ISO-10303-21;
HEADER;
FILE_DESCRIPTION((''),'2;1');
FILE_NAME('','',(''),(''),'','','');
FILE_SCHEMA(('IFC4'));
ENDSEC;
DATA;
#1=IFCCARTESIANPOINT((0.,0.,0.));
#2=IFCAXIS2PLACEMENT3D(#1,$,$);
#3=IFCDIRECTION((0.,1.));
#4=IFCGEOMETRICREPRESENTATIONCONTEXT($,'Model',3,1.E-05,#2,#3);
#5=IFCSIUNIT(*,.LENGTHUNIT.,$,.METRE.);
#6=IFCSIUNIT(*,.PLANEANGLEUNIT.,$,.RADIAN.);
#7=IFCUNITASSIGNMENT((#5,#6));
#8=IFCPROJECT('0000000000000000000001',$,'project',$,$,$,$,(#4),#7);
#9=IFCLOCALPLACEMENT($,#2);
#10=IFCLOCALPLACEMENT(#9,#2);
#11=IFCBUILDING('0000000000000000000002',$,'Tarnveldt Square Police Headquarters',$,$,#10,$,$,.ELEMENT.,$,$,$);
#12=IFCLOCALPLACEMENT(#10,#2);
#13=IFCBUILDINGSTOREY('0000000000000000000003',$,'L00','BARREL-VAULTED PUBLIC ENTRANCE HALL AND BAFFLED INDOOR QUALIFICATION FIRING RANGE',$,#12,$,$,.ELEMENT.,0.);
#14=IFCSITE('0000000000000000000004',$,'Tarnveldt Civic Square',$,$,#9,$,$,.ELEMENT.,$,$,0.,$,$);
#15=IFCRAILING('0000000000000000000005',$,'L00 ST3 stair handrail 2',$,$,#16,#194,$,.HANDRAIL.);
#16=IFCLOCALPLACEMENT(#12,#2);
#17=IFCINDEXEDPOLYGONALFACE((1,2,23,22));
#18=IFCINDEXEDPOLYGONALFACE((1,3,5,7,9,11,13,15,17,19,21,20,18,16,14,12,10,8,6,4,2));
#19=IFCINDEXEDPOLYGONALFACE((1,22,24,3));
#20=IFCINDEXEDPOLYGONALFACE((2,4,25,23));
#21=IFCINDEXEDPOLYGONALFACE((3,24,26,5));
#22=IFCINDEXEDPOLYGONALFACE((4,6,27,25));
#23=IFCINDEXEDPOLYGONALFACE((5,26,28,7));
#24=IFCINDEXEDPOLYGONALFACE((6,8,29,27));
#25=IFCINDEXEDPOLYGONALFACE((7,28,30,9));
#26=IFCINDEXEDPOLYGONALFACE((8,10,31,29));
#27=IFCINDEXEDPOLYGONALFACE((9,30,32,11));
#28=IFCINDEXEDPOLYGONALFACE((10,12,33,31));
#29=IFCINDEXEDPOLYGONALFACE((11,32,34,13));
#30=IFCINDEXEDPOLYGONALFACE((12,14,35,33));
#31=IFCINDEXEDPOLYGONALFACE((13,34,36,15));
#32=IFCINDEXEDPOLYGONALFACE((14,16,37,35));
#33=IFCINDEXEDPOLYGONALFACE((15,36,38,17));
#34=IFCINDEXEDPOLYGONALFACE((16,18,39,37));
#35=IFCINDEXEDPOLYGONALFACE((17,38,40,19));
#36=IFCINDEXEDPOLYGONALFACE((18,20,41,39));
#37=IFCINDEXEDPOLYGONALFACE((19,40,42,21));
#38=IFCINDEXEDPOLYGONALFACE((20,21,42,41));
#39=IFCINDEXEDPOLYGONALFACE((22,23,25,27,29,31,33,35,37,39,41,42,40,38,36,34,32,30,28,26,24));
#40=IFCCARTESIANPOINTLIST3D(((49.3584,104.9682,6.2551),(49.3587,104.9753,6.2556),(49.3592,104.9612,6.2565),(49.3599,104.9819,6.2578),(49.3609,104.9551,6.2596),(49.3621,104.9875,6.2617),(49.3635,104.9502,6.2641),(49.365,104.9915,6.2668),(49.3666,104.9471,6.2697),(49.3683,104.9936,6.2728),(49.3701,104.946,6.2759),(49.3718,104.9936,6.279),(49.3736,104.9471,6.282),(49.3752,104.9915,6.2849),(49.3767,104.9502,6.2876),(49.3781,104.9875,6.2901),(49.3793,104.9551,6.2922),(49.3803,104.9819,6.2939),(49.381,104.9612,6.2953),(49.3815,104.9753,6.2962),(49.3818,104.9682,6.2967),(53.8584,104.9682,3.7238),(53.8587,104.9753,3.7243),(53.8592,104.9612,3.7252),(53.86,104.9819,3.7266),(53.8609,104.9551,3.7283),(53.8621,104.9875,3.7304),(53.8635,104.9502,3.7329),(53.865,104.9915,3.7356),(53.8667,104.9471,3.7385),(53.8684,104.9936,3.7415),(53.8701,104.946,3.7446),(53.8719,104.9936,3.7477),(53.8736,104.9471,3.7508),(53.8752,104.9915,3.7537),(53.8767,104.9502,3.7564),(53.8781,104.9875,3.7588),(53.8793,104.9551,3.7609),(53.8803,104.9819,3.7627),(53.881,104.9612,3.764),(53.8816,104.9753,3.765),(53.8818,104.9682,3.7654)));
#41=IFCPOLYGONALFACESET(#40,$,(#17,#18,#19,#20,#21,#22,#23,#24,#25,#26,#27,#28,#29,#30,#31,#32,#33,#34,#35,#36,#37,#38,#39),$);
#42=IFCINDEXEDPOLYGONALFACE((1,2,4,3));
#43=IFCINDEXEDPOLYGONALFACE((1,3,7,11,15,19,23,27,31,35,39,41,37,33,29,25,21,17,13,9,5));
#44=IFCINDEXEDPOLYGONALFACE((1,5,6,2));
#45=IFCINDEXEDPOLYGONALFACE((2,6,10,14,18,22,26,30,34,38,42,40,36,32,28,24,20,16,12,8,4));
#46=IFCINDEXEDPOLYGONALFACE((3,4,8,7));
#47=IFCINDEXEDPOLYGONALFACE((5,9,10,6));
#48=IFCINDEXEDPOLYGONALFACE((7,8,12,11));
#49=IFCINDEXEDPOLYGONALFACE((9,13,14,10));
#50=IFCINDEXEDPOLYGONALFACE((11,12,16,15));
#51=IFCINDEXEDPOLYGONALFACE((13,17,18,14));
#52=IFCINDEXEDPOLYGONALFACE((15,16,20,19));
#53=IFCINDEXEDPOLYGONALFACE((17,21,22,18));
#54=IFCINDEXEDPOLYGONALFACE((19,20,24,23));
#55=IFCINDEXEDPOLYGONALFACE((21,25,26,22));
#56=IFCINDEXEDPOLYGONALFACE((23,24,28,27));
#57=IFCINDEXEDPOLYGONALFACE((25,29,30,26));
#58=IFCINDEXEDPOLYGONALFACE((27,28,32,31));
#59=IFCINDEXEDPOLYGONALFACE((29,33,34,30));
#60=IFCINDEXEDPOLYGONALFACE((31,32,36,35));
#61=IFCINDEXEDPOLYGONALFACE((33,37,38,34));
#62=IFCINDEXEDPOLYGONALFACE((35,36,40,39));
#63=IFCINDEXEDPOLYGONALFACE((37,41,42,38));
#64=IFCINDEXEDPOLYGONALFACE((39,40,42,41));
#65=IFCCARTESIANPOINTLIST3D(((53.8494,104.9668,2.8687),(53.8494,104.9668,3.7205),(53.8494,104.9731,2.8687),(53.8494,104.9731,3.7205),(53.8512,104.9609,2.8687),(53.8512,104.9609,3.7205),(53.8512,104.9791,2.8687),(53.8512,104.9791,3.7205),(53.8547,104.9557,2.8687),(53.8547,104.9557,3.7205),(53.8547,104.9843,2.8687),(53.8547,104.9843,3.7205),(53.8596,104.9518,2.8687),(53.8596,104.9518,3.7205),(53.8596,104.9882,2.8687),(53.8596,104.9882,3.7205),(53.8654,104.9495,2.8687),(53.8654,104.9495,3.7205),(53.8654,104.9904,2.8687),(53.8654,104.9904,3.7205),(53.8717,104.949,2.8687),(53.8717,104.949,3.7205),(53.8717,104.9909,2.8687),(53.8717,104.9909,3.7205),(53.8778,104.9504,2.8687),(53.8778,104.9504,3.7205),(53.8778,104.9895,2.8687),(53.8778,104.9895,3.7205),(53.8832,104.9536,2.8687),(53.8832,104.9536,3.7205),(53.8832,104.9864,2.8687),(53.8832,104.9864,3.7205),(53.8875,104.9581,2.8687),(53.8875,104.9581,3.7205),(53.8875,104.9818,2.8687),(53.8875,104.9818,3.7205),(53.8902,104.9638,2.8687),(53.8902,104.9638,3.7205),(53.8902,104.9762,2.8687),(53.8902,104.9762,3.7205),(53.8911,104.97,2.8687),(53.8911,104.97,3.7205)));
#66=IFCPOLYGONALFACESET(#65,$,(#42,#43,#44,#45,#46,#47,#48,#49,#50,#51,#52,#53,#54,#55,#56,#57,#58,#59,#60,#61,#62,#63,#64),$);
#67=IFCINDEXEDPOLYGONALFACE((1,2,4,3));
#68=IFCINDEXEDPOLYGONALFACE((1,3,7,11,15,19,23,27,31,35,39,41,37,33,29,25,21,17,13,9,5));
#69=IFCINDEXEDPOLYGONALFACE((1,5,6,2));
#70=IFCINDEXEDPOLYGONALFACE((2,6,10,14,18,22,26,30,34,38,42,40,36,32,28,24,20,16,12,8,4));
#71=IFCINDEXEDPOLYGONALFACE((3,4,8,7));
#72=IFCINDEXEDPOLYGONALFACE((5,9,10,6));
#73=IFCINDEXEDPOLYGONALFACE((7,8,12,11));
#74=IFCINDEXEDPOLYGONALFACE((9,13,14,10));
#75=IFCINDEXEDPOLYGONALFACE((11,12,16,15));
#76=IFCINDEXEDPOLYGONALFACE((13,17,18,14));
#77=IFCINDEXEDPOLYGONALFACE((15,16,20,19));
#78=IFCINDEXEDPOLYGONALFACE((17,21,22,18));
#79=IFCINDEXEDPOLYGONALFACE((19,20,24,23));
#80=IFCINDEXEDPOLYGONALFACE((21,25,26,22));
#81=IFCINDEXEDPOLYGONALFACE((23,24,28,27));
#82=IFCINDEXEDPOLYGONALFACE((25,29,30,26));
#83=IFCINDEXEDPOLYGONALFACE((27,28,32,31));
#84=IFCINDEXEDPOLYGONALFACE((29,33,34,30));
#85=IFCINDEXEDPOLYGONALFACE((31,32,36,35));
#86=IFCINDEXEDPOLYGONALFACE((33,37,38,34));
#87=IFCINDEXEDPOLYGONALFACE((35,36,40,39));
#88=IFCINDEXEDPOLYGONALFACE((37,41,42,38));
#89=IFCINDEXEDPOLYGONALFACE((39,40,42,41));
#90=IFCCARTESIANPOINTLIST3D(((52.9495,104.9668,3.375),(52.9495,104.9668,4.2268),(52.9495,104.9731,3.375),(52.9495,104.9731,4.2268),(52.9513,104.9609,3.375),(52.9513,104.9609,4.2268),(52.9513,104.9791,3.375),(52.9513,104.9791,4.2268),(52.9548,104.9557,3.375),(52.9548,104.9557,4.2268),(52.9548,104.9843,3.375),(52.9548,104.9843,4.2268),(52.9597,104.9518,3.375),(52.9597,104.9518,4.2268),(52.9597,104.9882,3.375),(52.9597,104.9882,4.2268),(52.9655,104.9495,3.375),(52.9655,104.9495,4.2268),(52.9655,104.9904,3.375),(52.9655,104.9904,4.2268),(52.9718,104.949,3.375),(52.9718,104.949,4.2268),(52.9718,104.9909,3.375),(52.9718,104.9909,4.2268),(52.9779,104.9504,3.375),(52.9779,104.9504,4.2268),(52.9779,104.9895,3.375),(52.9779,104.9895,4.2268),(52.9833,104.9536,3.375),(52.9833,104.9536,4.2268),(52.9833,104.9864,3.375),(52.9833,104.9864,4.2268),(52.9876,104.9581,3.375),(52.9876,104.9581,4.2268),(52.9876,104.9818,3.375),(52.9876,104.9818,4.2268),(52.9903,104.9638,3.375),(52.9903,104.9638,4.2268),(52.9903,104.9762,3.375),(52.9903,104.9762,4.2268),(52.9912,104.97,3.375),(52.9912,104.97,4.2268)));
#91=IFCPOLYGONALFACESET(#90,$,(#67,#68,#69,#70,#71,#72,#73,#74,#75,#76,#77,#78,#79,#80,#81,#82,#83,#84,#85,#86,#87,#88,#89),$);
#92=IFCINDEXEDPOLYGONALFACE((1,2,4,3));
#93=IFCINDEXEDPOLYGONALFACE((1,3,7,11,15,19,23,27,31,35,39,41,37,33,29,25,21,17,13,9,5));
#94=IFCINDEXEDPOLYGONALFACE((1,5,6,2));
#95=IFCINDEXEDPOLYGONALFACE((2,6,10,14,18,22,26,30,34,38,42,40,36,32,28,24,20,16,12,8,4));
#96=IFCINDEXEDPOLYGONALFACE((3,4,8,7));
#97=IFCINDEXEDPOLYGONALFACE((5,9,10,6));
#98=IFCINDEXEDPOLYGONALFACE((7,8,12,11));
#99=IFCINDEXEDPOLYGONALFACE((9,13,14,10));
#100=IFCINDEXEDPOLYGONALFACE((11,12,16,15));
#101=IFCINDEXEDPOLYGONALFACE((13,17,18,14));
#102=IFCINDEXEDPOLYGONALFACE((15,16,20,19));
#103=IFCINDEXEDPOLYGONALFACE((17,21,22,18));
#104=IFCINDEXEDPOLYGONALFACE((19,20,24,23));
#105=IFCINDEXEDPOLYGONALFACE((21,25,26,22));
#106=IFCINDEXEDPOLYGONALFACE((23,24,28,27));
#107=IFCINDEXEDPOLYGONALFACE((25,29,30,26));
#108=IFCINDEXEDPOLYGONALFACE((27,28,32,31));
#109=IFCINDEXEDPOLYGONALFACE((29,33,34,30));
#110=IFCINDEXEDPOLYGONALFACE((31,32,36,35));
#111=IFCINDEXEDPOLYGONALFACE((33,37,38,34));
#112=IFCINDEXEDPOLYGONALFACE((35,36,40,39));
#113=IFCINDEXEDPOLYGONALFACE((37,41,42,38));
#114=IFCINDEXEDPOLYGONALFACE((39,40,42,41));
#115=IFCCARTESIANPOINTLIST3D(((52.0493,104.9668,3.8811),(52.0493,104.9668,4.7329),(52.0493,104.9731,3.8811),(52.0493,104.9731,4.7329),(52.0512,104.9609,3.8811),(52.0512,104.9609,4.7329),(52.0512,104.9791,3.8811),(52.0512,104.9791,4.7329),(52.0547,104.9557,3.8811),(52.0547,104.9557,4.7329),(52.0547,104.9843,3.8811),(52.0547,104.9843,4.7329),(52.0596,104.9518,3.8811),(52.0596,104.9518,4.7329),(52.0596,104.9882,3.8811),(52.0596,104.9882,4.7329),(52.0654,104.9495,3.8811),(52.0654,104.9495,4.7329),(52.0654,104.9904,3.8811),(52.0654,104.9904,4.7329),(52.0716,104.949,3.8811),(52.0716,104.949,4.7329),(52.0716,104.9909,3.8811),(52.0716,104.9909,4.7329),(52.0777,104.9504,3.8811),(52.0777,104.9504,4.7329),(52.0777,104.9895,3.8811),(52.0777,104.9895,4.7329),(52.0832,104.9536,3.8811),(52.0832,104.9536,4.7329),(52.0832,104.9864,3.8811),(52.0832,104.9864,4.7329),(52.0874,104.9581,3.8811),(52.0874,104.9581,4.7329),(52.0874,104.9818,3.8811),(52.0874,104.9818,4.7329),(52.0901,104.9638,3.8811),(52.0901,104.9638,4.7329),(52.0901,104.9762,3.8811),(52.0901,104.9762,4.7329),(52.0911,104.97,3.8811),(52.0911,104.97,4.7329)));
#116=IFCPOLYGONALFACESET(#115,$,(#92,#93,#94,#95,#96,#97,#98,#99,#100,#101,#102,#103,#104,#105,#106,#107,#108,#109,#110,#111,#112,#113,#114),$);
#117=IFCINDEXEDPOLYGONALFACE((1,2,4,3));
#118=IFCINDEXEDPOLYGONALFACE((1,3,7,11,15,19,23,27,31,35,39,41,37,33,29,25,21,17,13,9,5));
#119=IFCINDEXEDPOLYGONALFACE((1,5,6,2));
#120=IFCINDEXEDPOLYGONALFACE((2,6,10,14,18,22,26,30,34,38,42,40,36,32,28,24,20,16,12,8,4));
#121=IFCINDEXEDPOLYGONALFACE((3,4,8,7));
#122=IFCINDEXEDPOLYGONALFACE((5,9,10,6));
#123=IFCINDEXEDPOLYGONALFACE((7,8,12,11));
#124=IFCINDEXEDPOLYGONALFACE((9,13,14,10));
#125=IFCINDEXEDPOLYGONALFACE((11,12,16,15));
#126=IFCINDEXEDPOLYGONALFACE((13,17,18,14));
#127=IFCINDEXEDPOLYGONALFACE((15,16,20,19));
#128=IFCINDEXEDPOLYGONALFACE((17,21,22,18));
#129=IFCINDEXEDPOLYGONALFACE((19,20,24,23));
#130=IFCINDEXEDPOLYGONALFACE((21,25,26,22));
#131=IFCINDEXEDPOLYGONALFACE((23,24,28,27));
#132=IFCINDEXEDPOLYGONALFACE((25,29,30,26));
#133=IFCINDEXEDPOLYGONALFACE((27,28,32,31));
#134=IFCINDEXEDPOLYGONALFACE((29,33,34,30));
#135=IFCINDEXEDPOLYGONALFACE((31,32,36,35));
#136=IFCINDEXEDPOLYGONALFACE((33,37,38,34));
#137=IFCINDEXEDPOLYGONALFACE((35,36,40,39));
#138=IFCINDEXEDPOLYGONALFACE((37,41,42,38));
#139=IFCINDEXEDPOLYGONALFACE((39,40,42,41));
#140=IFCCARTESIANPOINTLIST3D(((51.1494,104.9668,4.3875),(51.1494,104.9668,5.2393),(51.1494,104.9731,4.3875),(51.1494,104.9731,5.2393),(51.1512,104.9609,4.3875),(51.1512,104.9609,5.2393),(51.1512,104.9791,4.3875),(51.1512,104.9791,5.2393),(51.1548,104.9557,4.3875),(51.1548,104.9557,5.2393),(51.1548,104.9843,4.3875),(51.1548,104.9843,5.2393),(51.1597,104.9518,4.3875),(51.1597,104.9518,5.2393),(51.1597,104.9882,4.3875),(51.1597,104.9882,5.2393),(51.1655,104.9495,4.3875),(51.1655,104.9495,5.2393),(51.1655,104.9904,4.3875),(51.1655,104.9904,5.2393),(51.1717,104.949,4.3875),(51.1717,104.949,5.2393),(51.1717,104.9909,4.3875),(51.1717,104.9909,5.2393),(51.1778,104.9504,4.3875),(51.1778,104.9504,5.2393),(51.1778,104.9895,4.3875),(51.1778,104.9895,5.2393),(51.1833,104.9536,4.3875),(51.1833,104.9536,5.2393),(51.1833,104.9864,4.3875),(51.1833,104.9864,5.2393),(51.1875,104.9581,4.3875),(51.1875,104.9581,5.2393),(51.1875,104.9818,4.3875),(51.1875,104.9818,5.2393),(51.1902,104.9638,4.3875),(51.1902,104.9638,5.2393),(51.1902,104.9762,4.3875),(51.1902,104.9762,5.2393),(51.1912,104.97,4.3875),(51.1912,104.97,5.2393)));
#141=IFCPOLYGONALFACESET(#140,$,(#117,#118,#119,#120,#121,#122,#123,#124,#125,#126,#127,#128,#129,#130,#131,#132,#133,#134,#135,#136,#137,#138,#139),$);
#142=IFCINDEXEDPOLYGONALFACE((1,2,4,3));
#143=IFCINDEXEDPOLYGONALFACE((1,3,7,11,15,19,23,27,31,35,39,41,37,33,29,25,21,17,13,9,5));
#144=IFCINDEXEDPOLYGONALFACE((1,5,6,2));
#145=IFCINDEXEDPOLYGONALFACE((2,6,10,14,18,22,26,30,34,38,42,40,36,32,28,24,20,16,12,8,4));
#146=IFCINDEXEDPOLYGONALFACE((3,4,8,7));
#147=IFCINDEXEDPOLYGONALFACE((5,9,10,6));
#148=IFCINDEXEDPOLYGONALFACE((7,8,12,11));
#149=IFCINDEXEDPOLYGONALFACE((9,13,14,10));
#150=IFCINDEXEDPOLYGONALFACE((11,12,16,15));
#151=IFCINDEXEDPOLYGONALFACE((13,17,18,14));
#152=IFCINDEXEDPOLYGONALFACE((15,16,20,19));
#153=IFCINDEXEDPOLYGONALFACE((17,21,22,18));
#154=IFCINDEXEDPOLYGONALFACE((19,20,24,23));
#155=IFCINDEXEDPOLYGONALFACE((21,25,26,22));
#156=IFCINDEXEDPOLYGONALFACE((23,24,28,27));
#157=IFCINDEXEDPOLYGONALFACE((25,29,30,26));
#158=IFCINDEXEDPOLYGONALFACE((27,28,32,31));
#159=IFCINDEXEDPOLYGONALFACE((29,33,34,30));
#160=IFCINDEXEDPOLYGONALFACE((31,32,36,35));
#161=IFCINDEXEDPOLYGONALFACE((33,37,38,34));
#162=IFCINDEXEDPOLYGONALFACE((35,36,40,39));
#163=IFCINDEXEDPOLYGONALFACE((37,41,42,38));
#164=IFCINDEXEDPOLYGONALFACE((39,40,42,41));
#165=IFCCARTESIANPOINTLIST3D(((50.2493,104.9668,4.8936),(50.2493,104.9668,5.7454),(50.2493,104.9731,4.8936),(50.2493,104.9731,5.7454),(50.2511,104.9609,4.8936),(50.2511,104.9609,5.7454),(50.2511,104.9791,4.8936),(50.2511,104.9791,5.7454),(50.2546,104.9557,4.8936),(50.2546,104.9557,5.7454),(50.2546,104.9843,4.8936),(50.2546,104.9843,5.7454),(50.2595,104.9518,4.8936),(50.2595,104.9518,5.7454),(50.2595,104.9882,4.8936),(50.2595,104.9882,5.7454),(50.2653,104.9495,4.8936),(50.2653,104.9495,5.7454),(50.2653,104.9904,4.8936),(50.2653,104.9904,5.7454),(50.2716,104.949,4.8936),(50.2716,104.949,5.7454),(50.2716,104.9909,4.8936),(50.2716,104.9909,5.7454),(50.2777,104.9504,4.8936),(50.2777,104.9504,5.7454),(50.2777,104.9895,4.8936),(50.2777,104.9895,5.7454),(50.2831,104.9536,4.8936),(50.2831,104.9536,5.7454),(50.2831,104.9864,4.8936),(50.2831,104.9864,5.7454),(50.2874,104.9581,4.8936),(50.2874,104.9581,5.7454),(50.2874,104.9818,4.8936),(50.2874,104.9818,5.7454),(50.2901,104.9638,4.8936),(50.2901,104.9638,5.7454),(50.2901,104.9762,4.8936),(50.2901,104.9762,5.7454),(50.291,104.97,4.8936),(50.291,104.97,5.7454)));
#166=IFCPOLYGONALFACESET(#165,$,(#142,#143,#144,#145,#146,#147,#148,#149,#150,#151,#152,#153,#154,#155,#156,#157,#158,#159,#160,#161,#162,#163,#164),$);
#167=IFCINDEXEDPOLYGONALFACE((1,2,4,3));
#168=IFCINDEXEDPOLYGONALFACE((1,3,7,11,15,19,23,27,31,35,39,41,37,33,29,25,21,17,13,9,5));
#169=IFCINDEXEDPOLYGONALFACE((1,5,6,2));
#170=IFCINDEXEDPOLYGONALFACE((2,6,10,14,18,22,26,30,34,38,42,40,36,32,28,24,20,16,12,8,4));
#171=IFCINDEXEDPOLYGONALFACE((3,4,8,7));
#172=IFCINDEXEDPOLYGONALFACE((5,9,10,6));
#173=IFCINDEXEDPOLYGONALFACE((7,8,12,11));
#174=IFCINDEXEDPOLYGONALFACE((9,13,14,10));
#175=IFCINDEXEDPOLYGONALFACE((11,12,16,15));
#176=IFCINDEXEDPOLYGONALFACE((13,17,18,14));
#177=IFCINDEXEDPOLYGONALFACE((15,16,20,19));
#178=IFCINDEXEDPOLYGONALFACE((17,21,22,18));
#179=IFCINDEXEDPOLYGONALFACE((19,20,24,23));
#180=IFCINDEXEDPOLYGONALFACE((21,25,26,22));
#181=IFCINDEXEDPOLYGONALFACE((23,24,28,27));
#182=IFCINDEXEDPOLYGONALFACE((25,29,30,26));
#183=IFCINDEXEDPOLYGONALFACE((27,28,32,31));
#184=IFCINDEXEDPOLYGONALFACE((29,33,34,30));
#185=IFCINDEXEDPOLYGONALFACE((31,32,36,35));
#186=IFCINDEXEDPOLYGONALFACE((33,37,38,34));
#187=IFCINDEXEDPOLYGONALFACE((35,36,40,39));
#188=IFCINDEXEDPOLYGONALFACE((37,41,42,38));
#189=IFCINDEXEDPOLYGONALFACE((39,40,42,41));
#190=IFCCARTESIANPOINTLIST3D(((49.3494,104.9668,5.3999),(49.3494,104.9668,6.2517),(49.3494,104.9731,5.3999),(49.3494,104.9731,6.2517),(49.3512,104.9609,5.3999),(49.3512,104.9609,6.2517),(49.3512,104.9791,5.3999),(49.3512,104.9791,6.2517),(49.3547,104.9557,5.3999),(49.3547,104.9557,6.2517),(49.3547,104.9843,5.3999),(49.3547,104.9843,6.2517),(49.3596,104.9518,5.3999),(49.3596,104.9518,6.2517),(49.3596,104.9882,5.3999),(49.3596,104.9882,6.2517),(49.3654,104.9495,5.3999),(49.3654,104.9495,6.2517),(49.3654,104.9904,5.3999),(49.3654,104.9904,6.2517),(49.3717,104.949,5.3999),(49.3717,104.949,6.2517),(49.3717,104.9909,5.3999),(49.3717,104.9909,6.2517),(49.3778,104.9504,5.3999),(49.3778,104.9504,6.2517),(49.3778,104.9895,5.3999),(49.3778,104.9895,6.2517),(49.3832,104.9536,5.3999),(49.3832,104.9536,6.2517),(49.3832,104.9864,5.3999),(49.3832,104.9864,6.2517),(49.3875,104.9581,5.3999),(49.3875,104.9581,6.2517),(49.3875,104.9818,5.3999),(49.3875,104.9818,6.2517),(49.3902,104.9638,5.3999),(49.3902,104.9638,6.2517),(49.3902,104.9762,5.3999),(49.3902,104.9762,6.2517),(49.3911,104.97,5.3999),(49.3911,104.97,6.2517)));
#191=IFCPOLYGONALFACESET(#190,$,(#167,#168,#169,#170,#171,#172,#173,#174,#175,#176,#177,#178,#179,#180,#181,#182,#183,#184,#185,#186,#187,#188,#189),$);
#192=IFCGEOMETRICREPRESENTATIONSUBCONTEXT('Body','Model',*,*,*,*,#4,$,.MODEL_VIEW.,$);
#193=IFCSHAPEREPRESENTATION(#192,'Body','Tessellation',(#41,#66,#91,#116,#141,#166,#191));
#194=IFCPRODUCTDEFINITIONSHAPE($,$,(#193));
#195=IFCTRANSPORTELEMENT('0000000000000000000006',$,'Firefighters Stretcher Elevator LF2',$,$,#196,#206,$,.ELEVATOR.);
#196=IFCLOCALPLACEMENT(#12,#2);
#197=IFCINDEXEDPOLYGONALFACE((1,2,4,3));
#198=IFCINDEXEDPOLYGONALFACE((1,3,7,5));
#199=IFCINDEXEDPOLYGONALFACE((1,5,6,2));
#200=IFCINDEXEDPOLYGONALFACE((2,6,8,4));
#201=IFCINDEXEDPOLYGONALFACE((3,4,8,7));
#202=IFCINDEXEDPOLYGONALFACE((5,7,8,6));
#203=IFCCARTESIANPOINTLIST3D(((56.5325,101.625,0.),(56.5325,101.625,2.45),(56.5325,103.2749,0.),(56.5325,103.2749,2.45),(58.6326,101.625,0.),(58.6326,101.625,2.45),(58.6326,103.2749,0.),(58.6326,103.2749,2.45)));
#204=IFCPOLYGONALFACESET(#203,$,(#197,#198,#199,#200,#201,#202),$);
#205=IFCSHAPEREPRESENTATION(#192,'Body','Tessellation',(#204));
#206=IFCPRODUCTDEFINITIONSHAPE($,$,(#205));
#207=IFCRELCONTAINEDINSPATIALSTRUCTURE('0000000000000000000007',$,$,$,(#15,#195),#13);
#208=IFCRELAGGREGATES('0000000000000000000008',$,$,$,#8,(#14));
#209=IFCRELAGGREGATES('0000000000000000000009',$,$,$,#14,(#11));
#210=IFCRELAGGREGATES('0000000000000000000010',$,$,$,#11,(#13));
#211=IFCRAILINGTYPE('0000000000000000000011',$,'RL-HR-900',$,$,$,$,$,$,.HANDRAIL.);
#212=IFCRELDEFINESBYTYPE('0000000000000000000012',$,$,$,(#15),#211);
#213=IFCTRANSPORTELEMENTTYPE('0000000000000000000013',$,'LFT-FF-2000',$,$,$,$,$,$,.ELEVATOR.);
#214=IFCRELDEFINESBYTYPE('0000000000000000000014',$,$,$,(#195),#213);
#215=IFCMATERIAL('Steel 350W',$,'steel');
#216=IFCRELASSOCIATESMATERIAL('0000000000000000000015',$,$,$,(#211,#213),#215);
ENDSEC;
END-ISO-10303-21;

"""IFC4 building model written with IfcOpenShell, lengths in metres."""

from ifc_helpers import new_model, si_unit, direction, frame, origin, origin_2d, place, context, subcontext, project, spatial, rectangle, circle, extrude, material, type_object, element, save


model = new_model("IFC4")

# Units and contexts
model_context = context("Model", 3, precision=1e-05, world=origin(), true_north=direction((0.0, 1.0)))
body_context = subcontext(model_context, "Body", "Model", "MODEL_VIEW")
ifc_project = project(units=[si_unit("LENGTHUNIT", "METRE"), si_unit("PLANEANGLEUNIT", "RADIAN")], contexts=[model_context])

# Site, building, storey
site_placement = place(None, origin())
site = spatial("IfcSite", under=ifc_project, at=site_placement, Name="Tarnveldt Civic Square", CompositionType="ELEMENT", RefElevation=0.0)
building_placement = place(site_placement, origin())
building = spatial("IfcBuilding", under=site, at=building_placement, Name="Tarnveldt Square Police Headquarters", CompositionType="ELEMENT")
storey_placement = place(building_placement, origin())
storey = spatial("IfcBuildingStorey", under=building, at=storey_placement, Name="L00", Description="BARREL-VAULTED PUBLIC ENTRANCE HALL AND BAFFLED INDOOR QUALIFICATION FIRING RANGE", CompositionType="ELEMENT", Elevation=0.0)

# Railing
ifc_material_1 = material(Name="Steel 350W", Category="steel")
railing_type_1 = type_object("IfcRailingType", Name="RL-HR-900", PredefinedType="HANDRAIL", material=ifc_material_1)
railing_1_placement = place(storey_placement, frame((53.8701, 104.97, 2.8687)))
element("IfcRailing", 1, at=railing_1_placement, inside=storey, type_object=railing_type_1, Name="L00 ST3 stair handrail 2", PredefinedType="HANDRAIL", context=body_context, shape_type="SweptSolid", body=[
    extrude(circle(Radius=0.0239, at=origin_2d()), frame((0.0, 0.0, 0.876), z_axis=(-0.871576, 0.0, 0.490261), x_axis=(0.0, -1.0, 0.0)), (0.0, 0.0, 1.0), 5.1631),
    extrude(circle(Radius=0.021, at=origin_2d()), origin(), (0.0, 0.0, 1.0), 0.8518),
    extrude(circle(Radius=0.021, at=origin_2d()), frame((-0.8999, 0.0, 0.5063)), (0.0, 0.0, 1.0), 0.8518),
    extrude(circle(Radius=0.021, at=origin_2d()), frame((-1.8, 0.0, 1.0125)), (0.0, 0.0, 1.0), 0.8518),
    extrude(circle(Radius=0.021, at=origin_2d()), frame((-2.7, 0.0, 1.5188)), (0.0, 0.0, 1.0), 0.8518),
    extrude(circle(Radius=0.021, at=origin_2d()), frame((-3.6001, 0.0, 2.0249)), (0.0, 0.0, 1.0), 0.8518),
    extrude(circle(Radius=0.021, at=origin_2d()), frame((-4.5, 0.0, 2.5312)), (0.0, 0.0, 1.0), 0.8518),
])

# Transport element
transport_element_type_1 = type_object("IfcTransportElementType", Name="LFT-FF-2000", PredefinedType="ELEVATOR", material=ifc_material_1)
transport_element_1_placement = place(storey_placement, frame((57.5825, 102.45, 0.0), z_axis=(0.0, 0.0, 1.0), x_axis=(1.0, 0.0, 0.0)))
element("IfcTransportElement", 2, at=transport_element_1_placement, inside=storey, type_object=transport_element_type_1, Name="Firefighters Stretcher Elevator LF2", PredefinedType="ELEVATOR", context=body_context, shape_type="SweptSolid", body=[
    extrude(rectangle(XDim=2.1001, YDim=1.6499, at=origin_2d()), origin(), (0.0, 0.0, 1.0), 2.45),
])

save(model, "model.ifc")
